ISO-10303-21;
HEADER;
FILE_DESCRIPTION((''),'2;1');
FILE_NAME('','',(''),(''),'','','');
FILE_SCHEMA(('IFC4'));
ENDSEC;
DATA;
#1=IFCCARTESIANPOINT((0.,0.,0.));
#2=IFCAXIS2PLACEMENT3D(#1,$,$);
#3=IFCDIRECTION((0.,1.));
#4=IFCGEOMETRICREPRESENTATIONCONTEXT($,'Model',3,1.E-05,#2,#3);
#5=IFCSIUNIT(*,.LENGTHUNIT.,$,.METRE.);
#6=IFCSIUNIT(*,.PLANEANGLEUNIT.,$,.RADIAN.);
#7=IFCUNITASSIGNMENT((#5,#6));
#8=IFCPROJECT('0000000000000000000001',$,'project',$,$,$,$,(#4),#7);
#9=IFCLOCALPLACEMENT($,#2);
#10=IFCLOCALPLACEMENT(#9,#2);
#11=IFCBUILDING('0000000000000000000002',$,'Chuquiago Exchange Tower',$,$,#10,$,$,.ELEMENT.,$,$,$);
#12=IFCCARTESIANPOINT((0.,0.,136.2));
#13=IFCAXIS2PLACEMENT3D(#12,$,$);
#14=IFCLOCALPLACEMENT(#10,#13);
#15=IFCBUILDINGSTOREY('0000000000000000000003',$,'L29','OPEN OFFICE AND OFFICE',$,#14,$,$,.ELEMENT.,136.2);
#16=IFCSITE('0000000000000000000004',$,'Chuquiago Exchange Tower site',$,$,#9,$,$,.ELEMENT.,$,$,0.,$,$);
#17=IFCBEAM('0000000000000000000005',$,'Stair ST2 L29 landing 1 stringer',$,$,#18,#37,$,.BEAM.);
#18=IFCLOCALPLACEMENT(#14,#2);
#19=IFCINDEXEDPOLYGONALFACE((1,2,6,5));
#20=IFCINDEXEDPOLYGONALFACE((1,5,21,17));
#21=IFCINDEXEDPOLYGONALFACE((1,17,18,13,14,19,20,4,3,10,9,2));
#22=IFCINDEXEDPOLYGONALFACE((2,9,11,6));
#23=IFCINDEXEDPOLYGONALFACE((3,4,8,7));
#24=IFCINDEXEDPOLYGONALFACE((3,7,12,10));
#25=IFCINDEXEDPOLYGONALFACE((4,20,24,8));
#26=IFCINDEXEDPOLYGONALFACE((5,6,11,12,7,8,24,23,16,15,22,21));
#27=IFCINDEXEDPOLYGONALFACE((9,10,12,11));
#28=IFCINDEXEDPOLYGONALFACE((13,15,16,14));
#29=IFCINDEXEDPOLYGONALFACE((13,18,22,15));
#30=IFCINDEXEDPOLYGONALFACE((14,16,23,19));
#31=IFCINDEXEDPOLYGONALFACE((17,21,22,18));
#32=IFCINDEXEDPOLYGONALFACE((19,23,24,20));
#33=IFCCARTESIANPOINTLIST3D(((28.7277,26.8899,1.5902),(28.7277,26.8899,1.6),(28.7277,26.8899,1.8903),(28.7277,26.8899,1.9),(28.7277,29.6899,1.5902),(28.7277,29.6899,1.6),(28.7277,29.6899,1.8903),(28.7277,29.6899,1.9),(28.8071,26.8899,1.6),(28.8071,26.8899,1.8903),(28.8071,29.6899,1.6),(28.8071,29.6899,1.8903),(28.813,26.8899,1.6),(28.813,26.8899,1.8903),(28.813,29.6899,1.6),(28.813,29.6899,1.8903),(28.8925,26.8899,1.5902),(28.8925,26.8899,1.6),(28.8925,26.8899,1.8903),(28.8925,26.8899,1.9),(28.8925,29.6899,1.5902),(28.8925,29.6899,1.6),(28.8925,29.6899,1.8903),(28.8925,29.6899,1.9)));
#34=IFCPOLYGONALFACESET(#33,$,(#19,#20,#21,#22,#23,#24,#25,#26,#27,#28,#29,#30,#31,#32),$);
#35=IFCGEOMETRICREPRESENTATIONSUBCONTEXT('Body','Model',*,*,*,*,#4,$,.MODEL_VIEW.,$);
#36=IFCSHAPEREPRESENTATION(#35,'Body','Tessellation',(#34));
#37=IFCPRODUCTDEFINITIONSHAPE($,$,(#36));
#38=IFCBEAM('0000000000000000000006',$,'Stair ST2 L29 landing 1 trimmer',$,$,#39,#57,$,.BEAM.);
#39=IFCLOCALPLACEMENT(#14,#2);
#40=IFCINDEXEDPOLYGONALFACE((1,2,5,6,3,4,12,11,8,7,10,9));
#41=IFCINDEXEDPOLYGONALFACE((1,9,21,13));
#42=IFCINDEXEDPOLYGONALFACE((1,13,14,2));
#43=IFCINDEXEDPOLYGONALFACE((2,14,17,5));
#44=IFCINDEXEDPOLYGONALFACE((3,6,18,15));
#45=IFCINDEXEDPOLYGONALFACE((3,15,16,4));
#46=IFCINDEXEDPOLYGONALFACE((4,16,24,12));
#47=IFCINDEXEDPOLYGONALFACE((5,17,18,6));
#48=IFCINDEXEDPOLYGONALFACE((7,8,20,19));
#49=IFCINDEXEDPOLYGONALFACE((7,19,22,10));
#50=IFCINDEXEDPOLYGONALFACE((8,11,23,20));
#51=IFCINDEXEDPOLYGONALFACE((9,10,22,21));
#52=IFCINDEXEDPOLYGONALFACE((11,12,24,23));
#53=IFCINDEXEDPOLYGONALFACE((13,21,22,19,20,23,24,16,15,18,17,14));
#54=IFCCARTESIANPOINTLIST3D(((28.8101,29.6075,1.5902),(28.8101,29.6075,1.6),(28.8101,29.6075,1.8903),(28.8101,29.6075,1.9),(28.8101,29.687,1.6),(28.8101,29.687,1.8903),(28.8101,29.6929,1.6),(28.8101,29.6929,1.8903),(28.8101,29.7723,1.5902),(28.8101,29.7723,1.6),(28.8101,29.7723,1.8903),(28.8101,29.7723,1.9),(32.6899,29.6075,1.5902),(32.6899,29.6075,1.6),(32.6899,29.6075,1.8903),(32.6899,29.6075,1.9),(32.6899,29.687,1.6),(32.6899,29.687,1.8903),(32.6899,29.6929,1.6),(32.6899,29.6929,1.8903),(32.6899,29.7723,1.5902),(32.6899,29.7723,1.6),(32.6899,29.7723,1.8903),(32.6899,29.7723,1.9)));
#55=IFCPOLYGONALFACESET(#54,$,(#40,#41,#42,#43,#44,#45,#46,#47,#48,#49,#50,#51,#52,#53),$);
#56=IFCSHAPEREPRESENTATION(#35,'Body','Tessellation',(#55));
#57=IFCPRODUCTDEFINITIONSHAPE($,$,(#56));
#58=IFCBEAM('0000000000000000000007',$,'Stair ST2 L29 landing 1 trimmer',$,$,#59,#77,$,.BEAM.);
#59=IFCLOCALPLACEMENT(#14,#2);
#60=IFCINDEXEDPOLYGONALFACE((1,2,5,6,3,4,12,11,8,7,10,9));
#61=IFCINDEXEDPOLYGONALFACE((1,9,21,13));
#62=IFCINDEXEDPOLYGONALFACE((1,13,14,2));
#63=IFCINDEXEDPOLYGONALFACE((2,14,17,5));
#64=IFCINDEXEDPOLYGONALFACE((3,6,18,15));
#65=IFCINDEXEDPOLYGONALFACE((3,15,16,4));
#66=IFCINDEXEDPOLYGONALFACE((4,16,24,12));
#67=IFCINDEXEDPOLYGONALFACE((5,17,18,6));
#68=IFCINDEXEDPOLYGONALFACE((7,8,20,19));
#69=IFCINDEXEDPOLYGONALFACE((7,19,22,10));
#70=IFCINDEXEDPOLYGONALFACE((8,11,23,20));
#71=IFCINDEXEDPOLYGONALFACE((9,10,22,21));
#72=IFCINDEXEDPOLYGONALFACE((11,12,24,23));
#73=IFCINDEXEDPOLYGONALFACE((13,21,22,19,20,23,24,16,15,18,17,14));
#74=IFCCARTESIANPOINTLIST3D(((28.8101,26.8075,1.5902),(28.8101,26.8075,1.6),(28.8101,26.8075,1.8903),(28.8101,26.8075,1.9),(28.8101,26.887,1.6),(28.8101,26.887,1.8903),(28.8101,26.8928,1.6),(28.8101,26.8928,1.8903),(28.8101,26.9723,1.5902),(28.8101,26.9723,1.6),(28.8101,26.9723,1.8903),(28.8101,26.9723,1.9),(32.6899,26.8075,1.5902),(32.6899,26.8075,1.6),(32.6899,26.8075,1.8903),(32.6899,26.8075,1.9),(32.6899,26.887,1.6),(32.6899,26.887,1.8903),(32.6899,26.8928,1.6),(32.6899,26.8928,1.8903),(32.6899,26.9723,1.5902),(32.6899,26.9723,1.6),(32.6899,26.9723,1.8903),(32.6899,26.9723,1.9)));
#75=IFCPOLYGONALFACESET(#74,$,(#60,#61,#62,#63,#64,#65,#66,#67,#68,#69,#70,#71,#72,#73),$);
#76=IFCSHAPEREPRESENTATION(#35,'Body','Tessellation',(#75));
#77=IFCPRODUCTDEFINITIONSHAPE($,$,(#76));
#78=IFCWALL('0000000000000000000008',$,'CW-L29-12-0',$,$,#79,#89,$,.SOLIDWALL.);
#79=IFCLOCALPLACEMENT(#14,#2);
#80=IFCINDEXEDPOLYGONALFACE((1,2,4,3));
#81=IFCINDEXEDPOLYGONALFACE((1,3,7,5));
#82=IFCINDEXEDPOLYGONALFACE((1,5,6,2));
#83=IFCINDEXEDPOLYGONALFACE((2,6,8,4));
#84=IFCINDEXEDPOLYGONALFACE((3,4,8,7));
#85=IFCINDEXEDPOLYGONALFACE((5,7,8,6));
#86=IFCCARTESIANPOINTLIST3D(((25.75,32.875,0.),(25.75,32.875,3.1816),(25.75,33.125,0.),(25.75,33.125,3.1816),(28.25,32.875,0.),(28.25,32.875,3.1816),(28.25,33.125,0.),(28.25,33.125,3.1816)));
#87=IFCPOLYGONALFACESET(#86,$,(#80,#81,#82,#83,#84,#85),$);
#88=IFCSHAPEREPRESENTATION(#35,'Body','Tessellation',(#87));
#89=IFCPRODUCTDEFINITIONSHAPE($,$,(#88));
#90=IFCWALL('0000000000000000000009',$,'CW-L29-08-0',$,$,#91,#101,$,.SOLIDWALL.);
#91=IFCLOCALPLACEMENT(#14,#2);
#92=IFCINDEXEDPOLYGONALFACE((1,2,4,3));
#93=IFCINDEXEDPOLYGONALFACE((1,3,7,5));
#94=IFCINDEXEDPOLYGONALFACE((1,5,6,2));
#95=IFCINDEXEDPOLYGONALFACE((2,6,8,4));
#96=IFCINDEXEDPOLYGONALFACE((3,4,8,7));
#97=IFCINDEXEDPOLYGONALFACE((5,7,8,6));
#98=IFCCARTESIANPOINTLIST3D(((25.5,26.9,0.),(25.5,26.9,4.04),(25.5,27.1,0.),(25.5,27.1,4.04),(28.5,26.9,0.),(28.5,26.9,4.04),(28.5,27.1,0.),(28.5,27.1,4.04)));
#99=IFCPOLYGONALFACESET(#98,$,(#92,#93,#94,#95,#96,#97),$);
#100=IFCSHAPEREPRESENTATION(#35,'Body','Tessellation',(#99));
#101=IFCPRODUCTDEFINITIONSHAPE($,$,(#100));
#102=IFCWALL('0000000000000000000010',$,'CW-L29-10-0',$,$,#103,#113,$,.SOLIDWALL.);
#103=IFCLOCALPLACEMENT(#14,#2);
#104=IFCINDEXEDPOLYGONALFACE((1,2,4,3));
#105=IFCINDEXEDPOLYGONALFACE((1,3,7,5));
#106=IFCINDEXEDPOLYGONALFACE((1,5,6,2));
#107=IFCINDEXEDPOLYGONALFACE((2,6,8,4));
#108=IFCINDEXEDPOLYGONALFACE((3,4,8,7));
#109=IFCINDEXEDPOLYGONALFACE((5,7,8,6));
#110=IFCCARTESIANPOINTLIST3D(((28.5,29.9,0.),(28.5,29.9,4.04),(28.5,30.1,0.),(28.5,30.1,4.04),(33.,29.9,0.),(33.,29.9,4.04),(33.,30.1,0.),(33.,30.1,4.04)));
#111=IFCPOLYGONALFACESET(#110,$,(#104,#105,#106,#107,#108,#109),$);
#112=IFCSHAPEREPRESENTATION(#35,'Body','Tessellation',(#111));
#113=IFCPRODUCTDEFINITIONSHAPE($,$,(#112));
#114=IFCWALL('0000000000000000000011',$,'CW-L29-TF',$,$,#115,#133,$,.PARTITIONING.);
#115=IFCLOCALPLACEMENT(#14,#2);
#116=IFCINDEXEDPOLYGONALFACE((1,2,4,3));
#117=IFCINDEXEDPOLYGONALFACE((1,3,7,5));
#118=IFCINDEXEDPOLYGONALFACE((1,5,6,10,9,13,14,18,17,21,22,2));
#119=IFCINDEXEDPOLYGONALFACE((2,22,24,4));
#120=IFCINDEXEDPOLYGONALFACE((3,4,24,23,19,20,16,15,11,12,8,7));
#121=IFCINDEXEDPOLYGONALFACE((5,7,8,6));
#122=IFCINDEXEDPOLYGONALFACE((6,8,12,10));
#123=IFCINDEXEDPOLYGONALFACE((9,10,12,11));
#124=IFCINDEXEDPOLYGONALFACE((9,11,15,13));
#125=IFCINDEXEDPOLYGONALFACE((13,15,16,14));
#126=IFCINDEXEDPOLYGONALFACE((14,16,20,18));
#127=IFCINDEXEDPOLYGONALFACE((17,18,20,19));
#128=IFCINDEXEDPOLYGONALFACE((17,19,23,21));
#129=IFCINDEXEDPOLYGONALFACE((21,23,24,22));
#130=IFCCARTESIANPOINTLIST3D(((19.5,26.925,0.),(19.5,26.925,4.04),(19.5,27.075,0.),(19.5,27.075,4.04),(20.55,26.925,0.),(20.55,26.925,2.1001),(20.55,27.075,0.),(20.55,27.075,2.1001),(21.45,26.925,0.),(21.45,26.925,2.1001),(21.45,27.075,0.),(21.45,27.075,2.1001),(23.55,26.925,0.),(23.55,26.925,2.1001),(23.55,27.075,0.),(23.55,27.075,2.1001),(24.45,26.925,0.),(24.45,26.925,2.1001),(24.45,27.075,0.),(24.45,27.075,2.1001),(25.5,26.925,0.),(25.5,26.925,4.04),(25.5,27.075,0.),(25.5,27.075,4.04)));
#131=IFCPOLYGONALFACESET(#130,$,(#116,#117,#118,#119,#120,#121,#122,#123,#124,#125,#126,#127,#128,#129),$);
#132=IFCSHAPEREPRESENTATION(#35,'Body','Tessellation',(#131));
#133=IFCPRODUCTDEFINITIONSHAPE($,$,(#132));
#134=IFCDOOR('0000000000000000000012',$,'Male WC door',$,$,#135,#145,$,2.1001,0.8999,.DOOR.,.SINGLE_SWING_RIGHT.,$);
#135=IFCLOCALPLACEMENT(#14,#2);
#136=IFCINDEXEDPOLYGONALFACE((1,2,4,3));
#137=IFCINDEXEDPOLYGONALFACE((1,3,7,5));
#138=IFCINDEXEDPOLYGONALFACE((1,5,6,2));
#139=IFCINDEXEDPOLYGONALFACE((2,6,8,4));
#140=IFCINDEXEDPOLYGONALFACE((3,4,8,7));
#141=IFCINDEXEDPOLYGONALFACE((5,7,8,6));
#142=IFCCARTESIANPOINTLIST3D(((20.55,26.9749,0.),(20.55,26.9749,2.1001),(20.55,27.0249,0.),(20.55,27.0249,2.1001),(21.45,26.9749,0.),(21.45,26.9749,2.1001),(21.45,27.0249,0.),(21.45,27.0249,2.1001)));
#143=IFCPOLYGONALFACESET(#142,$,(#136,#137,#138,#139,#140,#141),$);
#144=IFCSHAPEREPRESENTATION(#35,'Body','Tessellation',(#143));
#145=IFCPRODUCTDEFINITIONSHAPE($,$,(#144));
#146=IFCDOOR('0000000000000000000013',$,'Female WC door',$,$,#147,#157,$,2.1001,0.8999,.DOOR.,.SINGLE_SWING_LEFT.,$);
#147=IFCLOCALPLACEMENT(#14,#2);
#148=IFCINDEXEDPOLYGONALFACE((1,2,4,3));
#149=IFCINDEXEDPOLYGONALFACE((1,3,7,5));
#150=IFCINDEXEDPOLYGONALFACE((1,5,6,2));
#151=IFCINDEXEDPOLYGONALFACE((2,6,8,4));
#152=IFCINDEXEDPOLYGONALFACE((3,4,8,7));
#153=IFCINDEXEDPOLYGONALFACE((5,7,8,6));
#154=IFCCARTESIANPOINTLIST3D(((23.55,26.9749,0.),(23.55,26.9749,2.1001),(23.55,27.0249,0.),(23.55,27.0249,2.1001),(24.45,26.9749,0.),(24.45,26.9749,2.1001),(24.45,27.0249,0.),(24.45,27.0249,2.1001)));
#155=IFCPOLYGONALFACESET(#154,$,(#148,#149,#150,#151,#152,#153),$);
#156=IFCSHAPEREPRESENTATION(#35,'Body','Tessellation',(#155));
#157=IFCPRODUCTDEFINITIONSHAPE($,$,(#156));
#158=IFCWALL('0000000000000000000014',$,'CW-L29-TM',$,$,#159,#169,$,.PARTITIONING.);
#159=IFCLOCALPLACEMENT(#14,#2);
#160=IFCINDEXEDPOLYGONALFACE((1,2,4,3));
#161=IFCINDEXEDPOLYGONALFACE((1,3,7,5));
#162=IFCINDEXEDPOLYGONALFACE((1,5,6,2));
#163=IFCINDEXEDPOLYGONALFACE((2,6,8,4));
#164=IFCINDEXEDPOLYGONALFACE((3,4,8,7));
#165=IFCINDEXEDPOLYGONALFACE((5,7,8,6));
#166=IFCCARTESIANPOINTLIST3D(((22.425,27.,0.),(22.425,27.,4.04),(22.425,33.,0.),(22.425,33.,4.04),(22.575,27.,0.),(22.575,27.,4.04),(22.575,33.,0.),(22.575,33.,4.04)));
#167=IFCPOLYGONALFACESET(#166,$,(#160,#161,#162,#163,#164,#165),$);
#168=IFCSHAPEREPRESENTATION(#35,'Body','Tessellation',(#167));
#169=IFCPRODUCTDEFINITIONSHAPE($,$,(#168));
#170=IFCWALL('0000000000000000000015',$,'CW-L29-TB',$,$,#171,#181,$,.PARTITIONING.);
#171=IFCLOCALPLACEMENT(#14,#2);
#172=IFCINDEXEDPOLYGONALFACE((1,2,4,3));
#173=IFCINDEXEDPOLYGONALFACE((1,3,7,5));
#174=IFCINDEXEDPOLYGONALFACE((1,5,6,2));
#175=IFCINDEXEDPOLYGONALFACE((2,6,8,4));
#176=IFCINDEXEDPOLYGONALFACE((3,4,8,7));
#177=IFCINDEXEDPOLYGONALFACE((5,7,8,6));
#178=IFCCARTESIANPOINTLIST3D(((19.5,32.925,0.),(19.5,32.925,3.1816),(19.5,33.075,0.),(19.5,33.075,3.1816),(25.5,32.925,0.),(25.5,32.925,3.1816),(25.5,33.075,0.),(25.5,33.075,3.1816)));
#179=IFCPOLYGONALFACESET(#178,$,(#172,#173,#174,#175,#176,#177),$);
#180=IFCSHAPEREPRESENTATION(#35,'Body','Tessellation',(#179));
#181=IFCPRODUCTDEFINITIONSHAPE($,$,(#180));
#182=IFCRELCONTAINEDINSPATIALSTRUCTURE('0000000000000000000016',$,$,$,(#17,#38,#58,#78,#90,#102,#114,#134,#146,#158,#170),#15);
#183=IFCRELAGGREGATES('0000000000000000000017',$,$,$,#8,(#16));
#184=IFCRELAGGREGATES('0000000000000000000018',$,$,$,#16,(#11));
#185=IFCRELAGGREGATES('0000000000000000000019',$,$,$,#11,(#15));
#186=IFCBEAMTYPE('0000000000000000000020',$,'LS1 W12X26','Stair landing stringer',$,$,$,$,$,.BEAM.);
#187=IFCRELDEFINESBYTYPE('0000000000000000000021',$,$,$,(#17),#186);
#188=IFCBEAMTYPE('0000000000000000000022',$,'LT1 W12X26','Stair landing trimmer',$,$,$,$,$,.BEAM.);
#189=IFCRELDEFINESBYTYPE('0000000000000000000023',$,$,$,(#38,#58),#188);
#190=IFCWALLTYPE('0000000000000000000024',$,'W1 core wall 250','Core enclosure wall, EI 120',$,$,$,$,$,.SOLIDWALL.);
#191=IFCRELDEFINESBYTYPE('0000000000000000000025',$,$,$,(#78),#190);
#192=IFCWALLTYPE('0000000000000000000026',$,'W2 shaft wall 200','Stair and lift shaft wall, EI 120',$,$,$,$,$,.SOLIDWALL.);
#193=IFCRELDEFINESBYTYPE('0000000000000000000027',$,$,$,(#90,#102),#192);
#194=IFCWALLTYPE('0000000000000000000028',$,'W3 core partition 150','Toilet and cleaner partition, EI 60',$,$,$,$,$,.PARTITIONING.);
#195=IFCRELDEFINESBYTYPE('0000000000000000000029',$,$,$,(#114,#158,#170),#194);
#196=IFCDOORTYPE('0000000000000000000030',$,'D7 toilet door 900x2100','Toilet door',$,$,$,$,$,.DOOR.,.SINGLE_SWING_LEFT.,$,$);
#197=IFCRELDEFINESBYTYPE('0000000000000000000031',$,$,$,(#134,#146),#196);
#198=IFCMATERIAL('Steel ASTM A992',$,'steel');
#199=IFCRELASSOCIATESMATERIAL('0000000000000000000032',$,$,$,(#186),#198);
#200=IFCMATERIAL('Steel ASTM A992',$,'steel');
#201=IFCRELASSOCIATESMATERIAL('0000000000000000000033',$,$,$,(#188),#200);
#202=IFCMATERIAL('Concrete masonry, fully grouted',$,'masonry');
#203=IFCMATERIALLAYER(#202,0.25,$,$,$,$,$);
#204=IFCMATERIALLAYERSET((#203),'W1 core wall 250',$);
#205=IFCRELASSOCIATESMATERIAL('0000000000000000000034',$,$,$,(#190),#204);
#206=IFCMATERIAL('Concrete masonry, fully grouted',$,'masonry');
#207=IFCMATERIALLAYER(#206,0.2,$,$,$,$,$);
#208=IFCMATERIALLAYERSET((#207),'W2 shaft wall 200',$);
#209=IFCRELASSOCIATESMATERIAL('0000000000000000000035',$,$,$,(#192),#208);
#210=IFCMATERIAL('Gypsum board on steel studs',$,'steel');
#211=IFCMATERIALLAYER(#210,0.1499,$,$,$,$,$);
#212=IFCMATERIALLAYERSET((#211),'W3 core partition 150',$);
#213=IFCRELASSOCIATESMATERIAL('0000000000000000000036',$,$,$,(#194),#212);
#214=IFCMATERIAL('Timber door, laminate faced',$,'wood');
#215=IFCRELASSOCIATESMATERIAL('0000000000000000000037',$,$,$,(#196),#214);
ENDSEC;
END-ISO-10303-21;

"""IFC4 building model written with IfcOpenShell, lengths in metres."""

from ifc_helpers import new_model, si_unit, direction, frame, frame_2d, origin, origin_2d, place, context, subcontext, project, spatial, rectangle, i_section, extrude, material, layer, layer_set, material_profile, profile_set, type_object, element, fill, save


model = new_model("IFC4")

# Units and contexts
model_context = context("Model", 3, precision=1e-05, world=origin(), true_north=direction((0.0, 1.0)))
body_context = subcontext(model_context, "Body", "Model", "MODEL_VIEW")
ifc_project = project(units=[si_unit("LENGTHUNIT", "METRE"), si_unit("PLANEANGLEUNIT", "RADIAN")], contexts=[model_context])

# Site, building, storey
site_placement = place(None, origin())
site = spatial("IfcSite", under=ifc_project, at=site_placement, Name="Chuquiago Exchange Tower site", CompositionType="ELEMENT", RefElevation=0.0)
building_placement = place(site_placement, origin())
building = spatial("IfcBuilding", under=site, at=building_placement, Name="Chuquiago Exchange Tower", CompositionType="ELEMENT")
storey_placement = place(building_placement, frame((0.0, 0.0, 136.2)))
storey = spatial("IfcBuildingStorey", under=building, at=storey_placement, Name="L29", Description="OPEN OFFICE AND OFFICE", CompositionType="ELEMENT", Elevation=136.2)

# Beams
ifc_material_1 = material(Name="Steel ASTM A992", Category="steel")
ifc_material_profile_1 = material_profile(ifc_material_1, i_section(OverallWidth=0.1648, OverallDepth=0.3098, WebThickness=0.0059, FlangeThickness=0.0098, at=origin_2d()), Name="W12X26")
ifc_profile_set_1 = profile_set([ifc_material_profile_1], Name="Steel ASTM A992")
beam_type_1 = type_object("IfcBeamType", Name="LS1 W12X26", Description="Stair landing stringer", PredefinedType="BEAM", material=ifc_profile_set_1)
beam_1_placement = place(storey_placement, frame((28.8101, 26.8899, 1.7451), z_axis=(0.0, 1.0, 0.0), x_axis=(-1.0, 0.0, 0.0)))
element("IfcBeam", 1, at=beam_1_placement, inside=storey, type_object=beam_type_1, Name="Stair ST2 L29 landing 1 stringer", PredefinedType="BEAM", context=body_context, shape_type="SweptSolid", body=[
    extrude(i_section(OverallWidth=0.1648, OverallDepth=0.3098, WebThickness=0.0059, FlangeThickness=0.0098, at=origin_2d()), origin(), (0.0, 0.0, 1.0), 2.8),
])
ifc_material_2 = material(Name="Steel ASTM A992", Category="steel")
ifc_material_profile_2 = material_profile(ifc_material_2, i_section(OverallWidth=0.1648, OverallDepth=0.3098, WebThickness=0.0059, FlangeThickness=0.0098, at=origin_2d()), Name="W12X26")
ifc_profile_set_2 = profile_set([ifc_material_profile_2], Name="Steel ASTM A992")
beam_type_2 = type_object("IfcBeamType", Name="LT1 W12X26", Description="Stair landing trimmer", PredefinedType="BEAM", material=ifc_profile_set_2)
for number, where, z_axis, x_axis, name in (
    (2, (28.8101, 29.6899, 1.7451), (1.0, 0.0, 0.0), (0.0, 1.0, 0.0), "Stair ST2 L29 landing 1 trimmer"),
    (3, (28.8101, 26.8899, 1.7451), (1.0, 0.0, 0.0), (0.0, 1.0, 0.0), "Stair ST2 L29 landing 1 trimmer"),
):
    element("IfcBeam", number, at=place(storey_placement, frame(where, z_axis=z_axis, x_axis=x_axis)), inside=storey, type_object=beam_type_2, Name=name, PredefinedType="BEAM", context=body_context, shape_type="SweptSolid", body=[
        extrude(i_section(OverallWidth=0.1648, OverallDepth=0.3098, WebThickness=0.0059, FlangeThickness=0.0098, at=origin_2d()), origin(), (0.0, 0.0, 1.0), 3.8799),
    ])

# Walls
ifc_material_3 = material(Name="Concrete masonry, fully grouted", Category="masonry")
ifc_layer_1 = layer(ifc_material_3, 0.25)
ifc_layer_set_1 = layer_set([ifc_layer_1], Name="W1 core wall 250")
wall_type_1 = type_object("IfcWallType", Name="W1 core wall 250", Description="Core enclosure wall, EI 120", PredefinedType="SOLIDWALL", material=ifc_layer_set_1)
wall_1_placement = place(storey_placement, frame((25.75, 33.0, 0.0), z_axis=(0.0, 0.0, 1.0), x_axis=(1.0, 0.0, 0.0)))
element("IfcWall", 4, at=wall_1_placement, inside=storey, type_object=wall_type_1, Name="CW-L29-12-0", PredefinedType="SOLIDWALL", context=body_context, shape_type="SweptSolid", body=[
    extrude(rectangle(XDim=2.5, YDim=0.25, at=frame_2d((1.25, 0.0))), origin(), (0.0, 0.0, 1.0), 3.1816),
])
ifc_material_4 = material(Name="Concrete masonry, fully grouted", Category="masonry")
ifc_layer_2 = layer(ifc_material_4, 0.2)
ifc_layer_set_2 = layer_set([ifc_layer_2], Name="W2 shaft wall 200")
wall_type_2 = type_object("IfcWallType", Name="W2 shaft wall 200", Description="Stair and lift shaft wall, EI 120", PredefinedType="SOLIDWALL", material=ifc_layer_set_2)
wall_2_placement = place(storey_placement, frame((25.5, 27.0, 0.0), z_axis=(0.0, 0.0, 1.0), x_axis=(1.0, 0.0, 0.0)))
element("IfcWall", 5, at=wall_2_placement, inside=storey, type_object=wall_type_2, Name="CW-L29-08-0", PredefinedType="SOLIDWALL", context=body_context, shape_type="SweptSolid", body=[
    extrude(rectangle(XDim=3.0, YDim=0.2, at=frame_2d((1.5, 0.0))), origin(), (0.0, 0.0, 1.0), 4.04),
])
wall_3_placement = place(storey_placement, frame((28.5, 30.0, 0.0), z_axis=(0.0, 0.0, 1.0), x_axis=(1.0, 0.0, 0.0)))
element("IfcWall", 6, at=wall_3_placement, inside=storey, type_object=wall_type_2, Name="CW-L29-10-0", PredefinedType="SOLIDWALL", context=body_context, shape_type="SweptSolid", body=[
    extrude(rectangle(XDim=4.5, YDim=0.2, at=frame_2d((2.25, 0.0))), origin(), (0.0, 0.0, 1.0), 4.04),
])

# Wall, openings, doors
ifc_material_5 = material(Name="Gypsum board on steel studs", Category="steel")
ifc_layer_3 = layer(ifc_material_5, 0.1499)
ifc_layer_set_3 = layer_set([ifc_layer_3], Name="W3 core partition 150")
wall_type_3 = type_object("IfcWallType", Name="W3 core partition 150", Description="Toilet and cleaner partition, EI 60", PredefinedType="PARTITIONING", material=ifc_layer_set_3)
wall_4_placement = place(storey_placement, frame((19.5, 27.0, 0.0), z_axis=(0.0, 0.0, 1.0), x_axis=(1.0, 0.0, 0.0)))
wall_4 = element("IfcWall", 7, at=wall_4_placement, inside=storey, type_object=wall_type_3, Name="CW-L29-TF", PredefinedType="PARTITIONING", context=body_context, shape_type="SweptSolid", body=[
    extrude(rectangle(XDim=6.0, YDim=0.1499, at=frame_2d((3.0, 0.0))), origin(), (0.0, 0.0, 1.0), 4.04),
])
opening_1_placement = place(wall_4_placement, frame((1.05, 0.0, 0.0)))
opening_1 = element("IfcOpeningElement", 8, at=opening_1_placement, cuts=wall_4, PredefinedType="OPENING", context=body_context, shape_type="SweptSolid", body=[
    extrude(rectangle(XDim=0.8999, YDim=2.1001, at=frame_2d((0.45, 1.05))), frame((0.0, 0.085, 0.0), z_axis=(0.0, -1.0, 0.0), x_axis=(1.0, 0.0, 0.0)), (0.0, 0.0, 1.0), 0.1699),
])
opening_2_placement = place(wall_4_placement, frame((4.05, 0.0, 0.0)))
opening_2 = element("IfcOpeningElement", 9, at=opening_2_placement, cuts=wall_4, PredefinedType="OPENING", context=body_context, shape_type="SweptSolid", body=[
    extrude(rectangle(XDim=0.8999, YDim=2.1001, at=frame_2d((0.45, 1.05))), frame((0.0, 0.085, 0.0), z_axis=(0.0, -1.0, 0.0), x_axis=(1.0, 0.0, 0.0)), (0.0, 0.0, 1.0), 0.1699),
])
ifc_material_6 = material(Name="Timber door, laminate faced", Category="wood")
door_type = type_object("IfcDoorType", Name="D7 toilet door 900x2100", Description="Toilet door", OperationType="SINGLE_SWING_LEFT", PredefinedType="DOOR", material=ifc_material_6)
door_1_placement = place(opening_1_placement, origin())
door_1 = element("IfcDoor", 10, at=door_1_placement, inside=storey, type_object=door_type, Name="Male WC door", OperationType="SINGLE_SWING_RIGHT", OverallHeight=2.1001, OverallWidth=0.8999, PredefinedType="DOOR", context=body_context, shape_type="SweptSolid", body=[
    extrude(rectangle(XDim=0.8999, YDim=2.1001, at=frame_2d((0.45, 1.05))), frame((0.0, 0.0249, 0.0), z_axis=(0.0, -1.0, 0.0), x_axis=(1.0, 0.0, 0.0)), (0.0, 0.0, 1.0), 0.05),
])
fill(opening_1, door_1)
door_2_placement = place(opening_2_placement, origin())
door_2 = element("IfcDoor", 11, at=door_2_placement, inside=storey, type_object=door_type, Name="Female WC door", OperationType="SINGLE_SWING_LEFT", OverallHeight=2.1001, OverallWidth=0.8999, PredefinedType="DOOR", context=body_context, shape_type="SweptSolid", body=[
    extrude(rectangle(XDim=0.8999, YDim=2.1001, at=frame_2d((0.45, 1.05))), frame((0.0, 0.0249, 0.0), z_axis=(0.0, -1.0, 0.0), x_axis=(1.0, 0.0, 0.0)), (0.0, 0.0, 1.0), 0.05),
])
fill(opening_2, door_2)

# Walls
wall_5_placement = place(storey_placement, frame((22.5, 27.0, 0.0), z_axis=(0.0, 0.0, 1.0), x_axis=(0.0, 1.0, 0.0)))
element("IfcWall", 12, at=wall_5_placement, inside=storey, type_object=wall_type_3, Name="CW-L29-TM", PredefinedType="PARTITIONING", context=body_context, shape_type="SweptSolid", body=[
    extrude(rectangle(XDim=6.0, YDim=0.1499, at=frame_2d((3.0, 0.0))), origin(), (0.0, 0.0, 1.0), 4.04),
])
wall_6_placement = place(storey_placement, frame((19.5, 33.0, 0.0), z_axis=(0.0, 0.0, 1.0), x_axis=(1.0, 0.0, 0.0)))
element("IfcWall", 13, at=wall_6_placement, inside=storey, type_object=wall_type_3, Name="CW-L29-TB", PredefinedType="PARTITIONING", context=body_context, shape_type="SweptSolid", body=[
    extrude(rectangle(XDim=6.0, YDim=0.1499, at=frame_2d((3.0, 0.0))), origin(), (0.0, 0.0, 1.0), 3.1816),
])

save(model, "model.ifc")
